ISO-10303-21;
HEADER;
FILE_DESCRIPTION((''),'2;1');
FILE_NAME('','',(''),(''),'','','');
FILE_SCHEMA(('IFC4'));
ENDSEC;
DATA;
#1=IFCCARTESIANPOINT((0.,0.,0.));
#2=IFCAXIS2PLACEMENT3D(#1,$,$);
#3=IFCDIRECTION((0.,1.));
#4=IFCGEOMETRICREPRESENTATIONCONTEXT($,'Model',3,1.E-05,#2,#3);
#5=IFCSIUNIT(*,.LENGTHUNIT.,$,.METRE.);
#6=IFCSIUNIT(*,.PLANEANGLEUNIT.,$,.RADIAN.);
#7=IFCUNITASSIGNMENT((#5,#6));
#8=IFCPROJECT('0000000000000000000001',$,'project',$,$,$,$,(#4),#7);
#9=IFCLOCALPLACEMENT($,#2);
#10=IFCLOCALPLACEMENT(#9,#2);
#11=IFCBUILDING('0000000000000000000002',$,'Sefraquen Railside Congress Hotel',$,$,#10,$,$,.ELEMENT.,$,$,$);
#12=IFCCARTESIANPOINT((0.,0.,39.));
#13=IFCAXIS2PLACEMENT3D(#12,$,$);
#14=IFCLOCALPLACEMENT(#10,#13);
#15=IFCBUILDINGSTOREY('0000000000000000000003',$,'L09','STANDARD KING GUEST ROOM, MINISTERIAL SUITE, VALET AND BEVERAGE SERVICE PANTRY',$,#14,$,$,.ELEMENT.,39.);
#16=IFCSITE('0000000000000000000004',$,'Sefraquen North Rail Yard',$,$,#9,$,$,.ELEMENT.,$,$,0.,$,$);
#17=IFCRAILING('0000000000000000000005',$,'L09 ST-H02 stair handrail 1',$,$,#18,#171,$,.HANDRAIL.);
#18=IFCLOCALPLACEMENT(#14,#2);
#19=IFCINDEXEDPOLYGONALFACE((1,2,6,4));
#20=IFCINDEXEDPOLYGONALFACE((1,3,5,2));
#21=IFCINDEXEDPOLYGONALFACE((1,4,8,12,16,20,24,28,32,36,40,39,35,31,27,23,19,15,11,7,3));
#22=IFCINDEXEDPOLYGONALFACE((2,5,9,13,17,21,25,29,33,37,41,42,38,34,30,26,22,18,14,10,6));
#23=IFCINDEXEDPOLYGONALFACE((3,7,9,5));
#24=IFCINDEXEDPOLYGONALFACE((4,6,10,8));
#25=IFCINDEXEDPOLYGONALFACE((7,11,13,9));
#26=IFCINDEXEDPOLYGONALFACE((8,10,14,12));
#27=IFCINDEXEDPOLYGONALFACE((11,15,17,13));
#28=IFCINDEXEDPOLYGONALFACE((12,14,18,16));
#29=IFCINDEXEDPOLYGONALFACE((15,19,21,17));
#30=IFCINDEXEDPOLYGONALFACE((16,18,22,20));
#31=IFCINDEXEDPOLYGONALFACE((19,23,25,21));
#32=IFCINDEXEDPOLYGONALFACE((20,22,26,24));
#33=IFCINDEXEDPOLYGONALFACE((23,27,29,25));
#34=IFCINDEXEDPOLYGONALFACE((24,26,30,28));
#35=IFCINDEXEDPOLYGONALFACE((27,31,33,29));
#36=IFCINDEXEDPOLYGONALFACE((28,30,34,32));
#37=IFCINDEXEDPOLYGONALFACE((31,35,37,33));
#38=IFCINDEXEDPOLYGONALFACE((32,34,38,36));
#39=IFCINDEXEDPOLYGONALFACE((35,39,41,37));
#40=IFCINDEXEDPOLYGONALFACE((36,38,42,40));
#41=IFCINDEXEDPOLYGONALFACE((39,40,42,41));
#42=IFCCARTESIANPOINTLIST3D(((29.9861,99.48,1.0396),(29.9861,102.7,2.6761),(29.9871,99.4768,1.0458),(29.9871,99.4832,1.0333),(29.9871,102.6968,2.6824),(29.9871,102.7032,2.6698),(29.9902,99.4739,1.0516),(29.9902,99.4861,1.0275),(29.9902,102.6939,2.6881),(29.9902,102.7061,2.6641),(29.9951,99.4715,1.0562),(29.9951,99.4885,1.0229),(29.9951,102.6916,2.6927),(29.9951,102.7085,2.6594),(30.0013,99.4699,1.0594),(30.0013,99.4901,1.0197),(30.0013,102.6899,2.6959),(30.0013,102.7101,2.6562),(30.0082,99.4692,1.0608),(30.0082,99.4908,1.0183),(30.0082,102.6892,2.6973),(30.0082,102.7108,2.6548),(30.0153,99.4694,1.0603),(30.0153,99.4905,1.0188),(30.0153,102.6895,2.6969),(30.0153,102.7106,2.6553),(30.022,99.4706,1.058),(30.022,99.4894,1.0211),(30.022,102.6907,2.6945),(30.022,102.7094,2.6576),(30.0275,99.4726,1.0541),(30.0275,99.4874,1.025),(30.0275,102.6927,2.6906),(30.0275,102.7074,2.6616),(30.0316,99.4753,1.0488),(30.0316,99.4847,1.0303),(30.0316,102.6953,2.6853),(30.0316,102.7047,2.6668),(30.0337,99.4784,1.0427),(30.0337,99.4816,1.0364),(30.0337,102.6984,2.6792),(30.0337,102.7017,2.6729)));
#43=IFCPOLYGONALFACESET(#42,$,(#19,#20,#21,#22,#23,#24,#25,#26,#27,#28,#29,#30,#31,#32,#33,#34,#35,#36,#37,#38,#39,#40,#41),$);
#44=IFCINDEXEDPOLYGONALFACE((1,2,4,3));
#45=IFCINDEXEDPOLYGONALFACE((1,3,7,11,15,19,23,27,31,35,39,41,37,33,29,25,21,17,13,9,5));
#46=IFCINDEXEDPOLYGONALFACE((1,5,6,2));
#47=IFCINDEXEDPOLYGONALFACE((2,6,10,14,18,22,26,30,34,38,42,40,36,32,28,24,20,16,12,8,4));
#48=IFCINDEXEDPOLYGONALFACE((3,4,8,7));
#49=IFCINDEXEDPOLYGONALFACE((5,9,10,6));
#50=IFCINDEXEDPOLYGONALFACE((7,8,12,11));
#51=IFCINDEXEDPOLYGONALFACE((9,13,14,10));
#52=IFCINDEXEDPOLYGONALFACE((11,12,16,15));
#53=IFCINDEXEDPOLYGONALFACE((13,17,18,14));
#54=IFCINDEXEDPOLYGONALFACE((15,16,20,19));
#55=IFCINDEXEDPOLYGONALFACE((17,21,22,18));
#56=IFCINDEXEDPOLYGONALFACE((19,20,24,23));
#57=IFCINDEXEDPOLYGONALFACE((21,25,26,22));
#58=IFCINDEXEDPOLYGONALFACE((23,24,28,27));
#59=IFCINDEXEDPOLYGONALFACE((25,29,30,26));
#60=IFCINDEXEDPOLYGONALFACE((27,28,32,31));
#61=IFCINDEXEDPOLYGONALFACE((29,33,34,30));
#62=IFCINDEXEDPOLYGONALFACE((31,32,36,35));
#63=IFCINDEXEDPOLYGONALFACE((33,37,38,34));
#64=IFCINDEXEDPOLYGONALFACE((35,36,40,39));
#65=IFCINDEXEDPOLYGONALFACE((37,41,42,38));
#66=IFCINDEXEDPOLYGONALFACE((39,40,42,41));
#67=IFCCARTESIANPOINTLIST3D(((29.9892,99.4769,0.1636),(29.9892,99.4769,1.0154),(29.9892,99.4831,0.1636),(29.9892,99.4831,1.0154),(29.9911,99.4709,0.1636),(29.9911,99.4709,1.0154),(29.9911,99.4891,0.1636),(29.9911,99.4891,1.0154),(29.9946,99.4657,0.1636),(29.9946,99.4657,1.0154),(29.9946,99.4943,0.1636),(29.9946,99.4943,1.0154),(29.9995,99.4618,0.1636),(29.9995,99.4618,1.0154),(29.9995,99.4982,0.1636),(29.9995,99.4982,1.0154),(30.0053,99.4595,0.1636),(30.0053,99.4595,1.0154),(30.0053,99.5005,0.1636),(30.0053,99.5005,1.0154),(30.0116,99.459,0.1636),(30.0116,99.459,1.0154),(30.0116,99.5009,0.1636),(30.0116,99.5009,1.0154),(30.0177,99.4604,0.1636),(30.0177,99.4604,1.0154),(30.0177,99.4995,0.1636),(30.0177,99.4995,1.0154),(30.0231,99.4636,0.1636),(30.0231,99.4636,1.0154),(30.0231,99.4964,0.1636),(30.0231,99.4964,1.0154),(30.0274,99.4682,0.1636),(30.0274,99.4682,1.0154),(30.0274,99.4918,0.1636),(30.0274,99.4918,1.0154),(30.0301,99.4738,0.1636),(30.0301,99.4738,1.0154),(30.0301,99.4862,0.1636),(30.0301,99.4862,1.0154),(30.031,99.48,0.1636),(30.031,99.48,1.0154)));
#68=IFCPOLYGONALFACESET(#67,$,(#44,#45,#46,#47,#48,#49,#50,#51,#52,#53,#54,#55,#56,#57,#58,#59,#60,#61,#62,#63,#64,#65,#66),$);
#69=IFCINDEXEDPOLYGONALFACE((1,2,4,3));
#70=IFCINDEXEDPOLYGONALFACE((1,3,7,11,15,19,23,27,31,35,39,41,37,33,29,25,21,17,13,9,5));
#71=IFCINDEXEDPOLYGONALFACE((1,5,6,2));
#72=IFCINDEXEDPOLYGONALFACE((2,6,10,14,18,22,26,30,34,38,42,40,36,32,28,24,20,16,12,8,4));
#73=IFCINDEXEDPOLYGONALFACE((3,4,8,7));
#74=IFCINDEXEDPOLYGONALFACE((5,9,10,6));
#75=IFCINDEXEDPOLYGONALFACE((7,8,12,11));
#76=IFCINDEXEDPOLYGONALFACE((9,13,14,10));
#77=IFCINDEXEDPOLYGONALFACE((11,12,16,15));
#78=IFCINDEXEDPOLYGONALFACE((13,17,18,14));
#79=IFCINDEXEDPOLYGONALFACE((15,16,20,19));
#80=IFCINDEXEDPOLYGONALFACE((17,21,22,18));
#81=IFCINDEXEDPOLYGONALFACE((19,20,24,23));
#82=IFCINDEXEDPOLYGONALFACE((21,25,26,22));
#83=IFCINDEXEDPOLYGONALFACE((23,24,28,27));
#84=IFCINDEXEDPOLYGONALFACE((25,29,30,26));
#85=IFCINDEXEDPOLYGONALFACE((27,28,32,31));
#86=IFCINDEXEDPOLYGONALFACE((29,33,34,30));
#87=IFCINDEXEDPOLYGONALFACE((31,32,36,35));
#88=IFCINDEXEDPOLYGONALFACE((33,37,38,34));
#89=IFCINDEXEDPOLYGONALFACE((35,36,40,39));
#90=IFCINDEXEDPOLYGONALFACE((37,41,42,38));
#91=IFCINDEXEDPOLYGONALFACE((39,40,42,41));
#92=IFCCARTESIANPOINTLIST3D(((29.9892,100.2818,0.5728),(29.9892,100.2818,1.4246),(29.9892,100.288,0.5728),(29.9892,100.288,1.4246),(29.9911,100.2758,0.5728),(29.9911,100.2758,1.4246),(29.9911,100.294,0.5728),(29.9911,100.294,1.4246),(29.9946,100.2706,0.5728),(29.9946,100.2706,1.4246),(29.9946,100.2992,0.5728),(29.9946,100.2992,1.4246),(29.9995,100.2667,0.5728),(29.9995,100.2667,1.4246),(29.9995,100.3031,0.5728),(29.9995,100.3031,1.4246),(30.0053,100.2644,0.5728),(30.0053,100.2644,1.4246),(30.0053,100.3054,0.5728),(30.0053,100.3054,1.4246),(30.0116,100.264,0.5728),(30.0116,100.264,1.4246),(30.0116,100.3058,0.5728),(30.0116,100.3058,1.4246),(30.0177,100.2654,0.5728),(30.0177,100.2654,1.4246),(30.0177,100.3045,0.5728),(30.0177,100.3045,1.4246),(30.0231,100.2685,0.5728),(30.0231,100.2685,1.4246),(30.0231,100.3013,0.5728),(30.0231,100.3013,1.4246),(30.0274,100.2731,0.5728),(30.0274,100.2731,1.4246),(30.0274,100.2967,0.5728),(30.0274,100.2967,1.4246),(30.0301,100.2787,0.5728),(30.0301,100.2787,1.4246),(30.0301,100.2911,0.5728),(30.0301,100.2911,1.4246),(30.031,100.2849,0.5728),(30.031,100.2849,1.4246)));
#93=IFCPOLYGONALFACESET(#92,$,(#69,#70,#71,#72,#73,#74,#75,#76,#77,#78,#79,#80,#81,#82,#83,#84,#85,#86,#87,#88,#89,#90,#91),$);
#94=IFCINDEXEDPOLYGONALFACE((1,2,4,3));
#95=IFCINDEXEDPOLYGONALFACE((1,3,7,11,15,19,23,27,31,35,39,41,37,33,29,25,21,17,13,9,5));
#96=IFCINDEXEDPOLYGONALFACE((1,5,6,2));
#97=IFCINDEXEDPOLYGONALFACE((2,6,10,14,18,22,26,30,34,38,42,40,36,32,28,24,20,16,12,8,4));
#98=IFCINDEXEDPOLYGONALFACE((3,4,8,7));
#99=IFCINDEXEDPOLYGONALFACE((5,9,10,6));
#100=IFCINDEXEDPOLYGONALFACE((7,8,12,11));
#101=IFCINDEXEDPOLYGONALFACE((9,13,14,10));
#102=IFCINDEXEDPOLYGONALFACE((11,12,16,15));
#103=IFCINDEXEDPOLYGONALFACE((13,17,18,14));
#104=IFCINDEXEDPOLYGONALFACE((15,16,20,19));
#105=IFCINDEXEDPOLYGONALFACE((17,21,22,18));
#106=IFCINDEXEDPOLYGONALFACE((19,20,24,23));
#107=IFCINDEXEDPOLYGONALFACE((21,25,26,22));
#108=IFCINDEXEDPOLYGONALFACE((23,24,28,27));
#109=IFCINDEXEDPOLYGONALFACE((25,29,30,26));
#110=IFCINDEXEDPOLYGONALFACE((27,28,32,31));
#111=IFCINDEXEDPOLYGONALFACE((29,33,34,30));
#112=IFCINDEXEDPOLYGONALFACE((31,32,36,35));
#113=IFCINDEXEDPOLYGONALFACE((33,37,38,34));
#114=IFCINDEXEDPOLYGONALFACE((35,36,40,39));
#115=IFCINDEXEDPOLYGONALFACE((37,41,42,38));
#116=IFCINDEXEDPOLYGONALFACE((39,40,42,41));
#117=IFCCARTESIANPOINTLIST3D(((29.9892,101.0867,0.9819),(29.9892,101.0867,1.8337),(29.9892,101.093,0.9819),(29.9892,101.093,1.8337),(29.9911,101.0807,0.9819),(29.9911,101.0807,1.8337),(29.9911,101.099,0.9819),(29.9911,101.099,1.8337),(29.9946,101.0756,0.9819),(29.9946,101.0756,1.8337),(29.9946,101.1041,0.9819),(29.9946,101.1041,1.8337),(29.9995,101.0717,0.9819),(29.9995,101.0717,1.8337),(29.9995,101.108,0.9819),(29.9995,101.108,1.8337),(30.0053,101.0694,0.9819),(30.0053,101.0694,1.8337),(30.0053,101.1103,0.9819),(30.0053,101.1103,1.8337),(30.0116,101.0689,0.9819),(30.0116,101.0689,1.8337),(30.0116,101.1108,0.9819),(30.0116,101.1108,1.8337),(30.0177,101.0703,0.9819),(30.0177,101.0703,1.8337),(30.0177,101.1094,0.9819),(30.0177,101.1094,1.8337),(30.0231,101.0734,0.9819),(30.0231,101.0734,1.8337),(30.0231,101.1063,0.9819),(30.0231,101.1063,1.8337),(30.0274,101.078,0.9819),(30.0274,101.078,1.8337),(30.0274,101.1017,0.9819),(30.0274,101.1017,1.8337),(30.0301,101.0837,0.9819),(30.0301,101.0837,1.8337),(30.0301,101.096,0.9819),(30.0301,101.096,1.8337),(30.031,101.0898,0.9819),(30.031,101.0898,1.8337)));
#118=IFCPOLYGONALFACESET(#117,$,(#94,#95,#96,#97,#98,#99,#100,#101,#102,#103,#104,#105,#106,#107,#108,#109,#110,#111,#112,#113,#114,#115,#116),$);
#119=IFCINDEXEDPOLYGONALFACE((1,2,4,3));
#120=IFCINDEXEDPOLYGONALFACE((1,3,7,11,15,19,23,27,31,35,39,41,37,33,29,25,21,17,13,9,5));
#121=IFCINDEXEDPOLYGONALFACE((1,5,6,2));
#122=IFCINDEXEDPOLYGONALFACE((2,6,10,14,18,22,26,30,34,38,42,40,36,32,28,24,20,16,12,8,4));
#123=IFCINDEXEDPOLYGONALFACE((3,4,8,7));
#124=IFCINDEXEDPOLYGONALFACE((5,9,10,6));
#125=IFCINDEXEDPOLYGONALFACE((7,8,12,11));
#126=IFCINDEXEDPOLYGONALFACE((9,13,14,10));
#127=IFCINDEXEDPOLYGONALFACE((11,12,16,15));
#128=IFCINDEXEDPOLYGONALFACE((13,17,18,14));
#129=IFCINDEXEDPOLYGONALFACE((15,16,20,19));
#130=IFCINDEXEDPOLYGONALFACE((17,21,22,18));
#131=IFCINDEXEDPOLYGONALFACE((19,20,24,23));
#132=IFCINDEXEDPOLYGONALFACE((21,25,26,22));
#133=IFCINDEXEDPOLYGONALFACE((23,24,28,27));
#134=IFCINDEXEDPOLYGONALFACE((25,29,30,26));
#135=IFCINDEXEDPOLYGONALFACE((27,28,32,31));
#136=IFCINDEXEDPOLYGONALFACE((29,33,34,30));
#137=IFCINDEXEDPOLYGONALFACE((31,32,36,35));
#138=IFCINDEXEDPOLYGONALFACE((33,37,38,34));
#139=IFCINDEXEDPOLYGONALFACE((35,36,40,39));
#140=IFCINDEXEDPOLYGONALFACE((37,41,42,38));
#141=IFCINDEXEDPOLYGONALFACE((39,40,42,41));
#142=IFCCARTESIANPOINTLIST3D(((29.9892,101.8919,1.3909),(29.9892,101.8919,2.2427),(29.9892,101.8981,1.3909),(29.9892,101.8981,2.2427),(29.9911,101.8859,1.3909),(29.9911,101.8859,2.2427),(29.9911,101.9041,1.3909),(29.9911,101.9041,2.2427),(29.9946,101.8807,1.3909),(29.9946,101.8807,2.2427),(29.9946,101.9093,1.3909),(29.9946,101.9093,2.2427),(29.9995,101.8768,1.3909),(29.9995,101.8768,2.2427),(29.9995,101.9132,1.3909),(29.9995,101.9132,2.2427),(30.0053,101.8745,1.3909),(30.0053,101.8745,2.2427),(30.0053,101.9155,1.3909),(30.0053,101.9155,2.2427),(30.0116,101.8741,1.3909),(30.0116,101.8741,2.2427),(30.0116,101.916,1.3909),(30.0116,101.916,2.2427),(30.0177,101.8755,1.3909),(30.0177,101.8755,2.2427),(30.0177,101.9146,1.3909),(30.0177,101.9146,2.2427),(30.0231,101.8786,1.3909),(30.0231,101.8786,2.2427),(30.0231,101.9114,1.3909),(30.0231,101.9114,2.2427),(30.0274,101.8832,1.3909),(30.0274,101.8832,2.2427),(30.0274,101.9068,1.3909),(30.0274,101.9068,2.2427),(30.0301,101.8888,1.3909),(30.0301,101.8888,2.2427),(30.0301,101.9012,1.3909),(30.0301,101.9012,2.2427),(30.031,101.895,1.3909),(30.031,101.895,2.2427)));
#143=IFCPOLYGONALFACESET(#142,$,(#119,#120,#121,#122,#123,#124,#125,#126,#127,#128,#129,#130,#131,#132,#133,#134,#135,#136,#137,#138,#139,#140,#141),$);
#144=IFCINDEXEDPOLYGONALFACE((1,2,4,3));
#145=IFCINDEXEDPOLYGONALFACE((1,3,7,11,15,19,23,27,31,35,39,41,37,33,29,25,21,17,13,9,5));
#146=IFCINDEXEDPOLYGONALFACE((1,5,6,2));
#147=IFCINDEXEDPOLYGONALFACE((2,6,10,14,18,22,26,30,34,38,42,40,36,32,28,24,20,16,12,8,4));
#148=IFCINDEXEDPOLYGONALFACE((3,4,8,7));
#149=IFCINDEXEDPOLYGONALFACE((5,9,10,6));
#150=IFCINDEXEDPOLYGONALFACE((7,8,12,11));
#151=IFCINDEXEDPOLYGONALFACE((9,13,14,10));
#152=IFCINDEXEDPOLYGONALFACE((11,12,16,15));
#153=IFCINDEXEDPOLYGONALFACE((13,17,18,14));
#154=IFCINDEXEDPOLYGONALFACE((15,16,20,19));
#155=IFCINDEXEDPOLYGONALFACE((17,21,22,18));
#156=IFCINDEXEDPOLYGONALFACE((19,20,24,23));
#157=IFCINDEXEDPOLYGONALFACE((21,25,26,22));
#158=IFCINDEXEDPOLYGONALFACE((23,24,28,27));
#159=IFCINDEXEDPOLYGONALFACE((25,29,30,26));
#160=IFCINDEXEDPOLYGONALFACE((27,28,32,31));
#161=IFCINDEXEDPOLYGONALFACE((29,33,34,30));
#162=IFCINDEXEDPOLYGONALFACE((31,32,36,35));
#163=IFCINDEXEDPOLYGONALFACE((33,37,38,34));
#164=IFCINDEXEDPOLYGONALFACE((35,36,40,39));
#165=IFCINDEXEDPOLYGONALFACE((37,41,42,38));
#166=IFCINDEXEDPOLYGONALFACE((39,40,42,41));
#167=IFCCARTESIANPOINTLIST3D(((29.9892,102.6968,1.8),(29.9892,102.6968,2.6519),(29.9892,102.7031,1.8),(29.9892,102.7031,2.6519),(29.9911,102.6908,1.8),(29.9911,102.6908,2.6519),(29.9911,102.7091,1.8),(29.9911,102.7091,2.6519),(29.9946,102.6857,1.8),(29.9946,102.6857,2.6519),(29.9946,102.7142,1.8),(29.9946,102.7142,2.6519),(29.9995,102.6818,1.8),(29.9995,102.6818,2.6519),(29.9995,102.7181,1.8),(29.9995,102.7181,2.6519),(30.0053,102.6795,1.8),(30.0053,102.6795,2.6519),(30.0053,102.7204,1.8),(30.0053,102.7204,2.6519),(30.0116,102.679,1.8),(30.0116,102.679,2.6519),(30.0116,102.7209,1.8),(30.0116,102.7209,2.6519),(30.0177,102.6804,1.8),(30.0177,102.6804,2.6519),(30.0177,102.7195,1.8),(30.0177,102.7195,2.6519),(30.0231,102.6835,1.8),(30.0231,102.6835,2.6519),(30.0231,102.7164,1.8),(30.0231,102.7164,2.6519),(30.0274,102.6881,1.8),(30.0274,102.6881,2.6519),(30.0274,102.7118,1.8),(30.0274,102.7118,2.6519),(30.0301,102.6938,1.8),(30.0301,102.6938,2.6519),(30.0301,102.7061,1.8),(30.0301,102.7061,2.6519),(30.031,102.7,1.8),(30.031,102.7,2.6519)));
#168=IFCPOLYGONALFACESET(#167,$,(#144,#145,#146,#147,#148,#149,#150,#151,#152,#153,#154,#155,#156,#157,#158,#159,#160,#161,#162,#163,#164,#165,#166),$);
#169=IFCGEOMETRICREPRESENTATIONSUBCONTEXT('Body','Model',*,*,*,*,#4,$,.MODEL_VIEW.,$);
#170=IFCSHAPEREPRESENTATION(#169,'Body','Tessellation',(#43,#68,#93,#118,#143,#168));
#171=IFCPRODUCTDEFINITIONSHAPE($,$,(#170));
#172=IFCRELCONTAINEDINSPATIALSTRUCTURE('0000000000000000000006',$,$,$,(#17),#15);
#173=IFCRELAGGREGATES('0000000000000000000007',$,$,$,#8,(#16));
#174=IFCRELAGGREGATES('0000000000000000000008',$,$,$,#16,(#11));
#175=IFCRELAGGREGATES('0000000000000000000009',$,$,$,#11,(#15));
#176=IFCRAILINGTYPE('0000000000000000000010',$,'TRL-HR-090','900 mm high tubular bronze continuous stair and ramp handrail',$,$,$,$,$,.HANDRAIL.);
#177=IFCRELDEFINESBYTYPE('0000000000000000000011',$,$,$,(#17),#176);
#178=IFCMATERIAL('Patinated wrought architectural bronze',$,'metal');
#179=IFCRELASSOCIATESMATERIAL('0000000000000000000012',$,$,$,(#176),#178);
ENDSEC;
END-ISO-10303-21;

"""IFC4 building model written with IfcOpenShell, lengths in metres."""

from ifc_helpers import new_model, si_unit, direction, frame, origin, origin_2d, place, context, subcontext, project, spatial, circle, extrude, material, type_object, element, save


model = new_model("IFC4")

# Units and contexts
model_context = context("Model", 3, precision=1e-05, world=origin(), true_north=direction((0.0, 1.0)))
body_context = subcontext(model_context, "Body", "Model", "MODEL_VIEW")
ifc_project = project(units=[si_unit("LENGTHUNIT", "METRE"), si_unit("PLANEANGLEUNIT", "RADIAN")], contexts=[model_context])

# Site, building, storey
site_placement = place(None, origin())
site = spatial("IfcSite", under=ifc_project, at=site_placement, Name="Sefraquen North Rail Yard", CompositionType="ELEMENT", RefElevation=0.0)
building_placement = place(site_placement, origin())
building = spatial("IfcBuilding", under=site, at=building_placement, Name="Sefraquen Railside Congress Hotel", CompositionType="ELEMENT")
storey_placement = place(building_placement, frame((0.0, 0.0, 39.0)))
storey = spatial("IfcBuildingStorey", under=building, at=storey_placement, Name="L09", Description="STANDARD KING GUEST ROOM, MINISTERIAL SUITE, VALET AND BEVERAGE SERVICE PANTRY", CompositionType="ELEMENT", Elevation=39.0)

# Railing
ifc_material_1 = material(Name="Patinated wrought architectural bronze", Category="metal")
railing_type = type_object("IfcRailingType", Name="TRL-HR-090", Description="900 mm high tubular bronze continuous stair and ramp handrail", PredefinedType="HANDRAIL", material=ifc_material_1)
railing_placement = place(storey_placement, frame((30.01, 99.48, 0.1636)))
element("IfcRailing", 1, at=railing_placement, inside=storey, type_object=railing_type, Name="L09 ST-H02 stair handrail 1", PredefinedType="HANDRAIL", context=body_context, shape_type="SweptSolid", body=[
    extrude(circle(Radius=0.0239, at=origin_2d()), frame((0.0, 0.0, 0.876), z_axis=(0.0, 0.891474, 0.453071), x_axis=(-1.0, 0.0, 0.0)), (0.0, 0.0, 1.0), 3.6121),
    extrude(circle(Radius=0.021, at=origin_2d()), origin(), (0.0, 0.0, 1.0), 0.8518),
    extrude(circle(Radius=0.021, at=origin_2d()), frame((0.0, 0.8049, 0.4092)), (0.0, 0.0, 1.0), 0.8518),
    extrude(circle(Radius=0.021, at=origin_2d()), frame((0.0, 1.6099, 0.8184)), (0.0, 0.0, 1.0), 0.8518),
    extrude(circle(Radius=0.021, at=origin_2d()), frame((0.0, 2.415, 1.2273)), (0.0, 0.0, 1.0), 0.8518),
    extrude(circle(Radius=0.021, at=origin_2d()), frame((0.0, 3.22, 1.6365)), (0.0, 0.0, 1.0), 0.8518),
])

save(model, "model.ifc")
